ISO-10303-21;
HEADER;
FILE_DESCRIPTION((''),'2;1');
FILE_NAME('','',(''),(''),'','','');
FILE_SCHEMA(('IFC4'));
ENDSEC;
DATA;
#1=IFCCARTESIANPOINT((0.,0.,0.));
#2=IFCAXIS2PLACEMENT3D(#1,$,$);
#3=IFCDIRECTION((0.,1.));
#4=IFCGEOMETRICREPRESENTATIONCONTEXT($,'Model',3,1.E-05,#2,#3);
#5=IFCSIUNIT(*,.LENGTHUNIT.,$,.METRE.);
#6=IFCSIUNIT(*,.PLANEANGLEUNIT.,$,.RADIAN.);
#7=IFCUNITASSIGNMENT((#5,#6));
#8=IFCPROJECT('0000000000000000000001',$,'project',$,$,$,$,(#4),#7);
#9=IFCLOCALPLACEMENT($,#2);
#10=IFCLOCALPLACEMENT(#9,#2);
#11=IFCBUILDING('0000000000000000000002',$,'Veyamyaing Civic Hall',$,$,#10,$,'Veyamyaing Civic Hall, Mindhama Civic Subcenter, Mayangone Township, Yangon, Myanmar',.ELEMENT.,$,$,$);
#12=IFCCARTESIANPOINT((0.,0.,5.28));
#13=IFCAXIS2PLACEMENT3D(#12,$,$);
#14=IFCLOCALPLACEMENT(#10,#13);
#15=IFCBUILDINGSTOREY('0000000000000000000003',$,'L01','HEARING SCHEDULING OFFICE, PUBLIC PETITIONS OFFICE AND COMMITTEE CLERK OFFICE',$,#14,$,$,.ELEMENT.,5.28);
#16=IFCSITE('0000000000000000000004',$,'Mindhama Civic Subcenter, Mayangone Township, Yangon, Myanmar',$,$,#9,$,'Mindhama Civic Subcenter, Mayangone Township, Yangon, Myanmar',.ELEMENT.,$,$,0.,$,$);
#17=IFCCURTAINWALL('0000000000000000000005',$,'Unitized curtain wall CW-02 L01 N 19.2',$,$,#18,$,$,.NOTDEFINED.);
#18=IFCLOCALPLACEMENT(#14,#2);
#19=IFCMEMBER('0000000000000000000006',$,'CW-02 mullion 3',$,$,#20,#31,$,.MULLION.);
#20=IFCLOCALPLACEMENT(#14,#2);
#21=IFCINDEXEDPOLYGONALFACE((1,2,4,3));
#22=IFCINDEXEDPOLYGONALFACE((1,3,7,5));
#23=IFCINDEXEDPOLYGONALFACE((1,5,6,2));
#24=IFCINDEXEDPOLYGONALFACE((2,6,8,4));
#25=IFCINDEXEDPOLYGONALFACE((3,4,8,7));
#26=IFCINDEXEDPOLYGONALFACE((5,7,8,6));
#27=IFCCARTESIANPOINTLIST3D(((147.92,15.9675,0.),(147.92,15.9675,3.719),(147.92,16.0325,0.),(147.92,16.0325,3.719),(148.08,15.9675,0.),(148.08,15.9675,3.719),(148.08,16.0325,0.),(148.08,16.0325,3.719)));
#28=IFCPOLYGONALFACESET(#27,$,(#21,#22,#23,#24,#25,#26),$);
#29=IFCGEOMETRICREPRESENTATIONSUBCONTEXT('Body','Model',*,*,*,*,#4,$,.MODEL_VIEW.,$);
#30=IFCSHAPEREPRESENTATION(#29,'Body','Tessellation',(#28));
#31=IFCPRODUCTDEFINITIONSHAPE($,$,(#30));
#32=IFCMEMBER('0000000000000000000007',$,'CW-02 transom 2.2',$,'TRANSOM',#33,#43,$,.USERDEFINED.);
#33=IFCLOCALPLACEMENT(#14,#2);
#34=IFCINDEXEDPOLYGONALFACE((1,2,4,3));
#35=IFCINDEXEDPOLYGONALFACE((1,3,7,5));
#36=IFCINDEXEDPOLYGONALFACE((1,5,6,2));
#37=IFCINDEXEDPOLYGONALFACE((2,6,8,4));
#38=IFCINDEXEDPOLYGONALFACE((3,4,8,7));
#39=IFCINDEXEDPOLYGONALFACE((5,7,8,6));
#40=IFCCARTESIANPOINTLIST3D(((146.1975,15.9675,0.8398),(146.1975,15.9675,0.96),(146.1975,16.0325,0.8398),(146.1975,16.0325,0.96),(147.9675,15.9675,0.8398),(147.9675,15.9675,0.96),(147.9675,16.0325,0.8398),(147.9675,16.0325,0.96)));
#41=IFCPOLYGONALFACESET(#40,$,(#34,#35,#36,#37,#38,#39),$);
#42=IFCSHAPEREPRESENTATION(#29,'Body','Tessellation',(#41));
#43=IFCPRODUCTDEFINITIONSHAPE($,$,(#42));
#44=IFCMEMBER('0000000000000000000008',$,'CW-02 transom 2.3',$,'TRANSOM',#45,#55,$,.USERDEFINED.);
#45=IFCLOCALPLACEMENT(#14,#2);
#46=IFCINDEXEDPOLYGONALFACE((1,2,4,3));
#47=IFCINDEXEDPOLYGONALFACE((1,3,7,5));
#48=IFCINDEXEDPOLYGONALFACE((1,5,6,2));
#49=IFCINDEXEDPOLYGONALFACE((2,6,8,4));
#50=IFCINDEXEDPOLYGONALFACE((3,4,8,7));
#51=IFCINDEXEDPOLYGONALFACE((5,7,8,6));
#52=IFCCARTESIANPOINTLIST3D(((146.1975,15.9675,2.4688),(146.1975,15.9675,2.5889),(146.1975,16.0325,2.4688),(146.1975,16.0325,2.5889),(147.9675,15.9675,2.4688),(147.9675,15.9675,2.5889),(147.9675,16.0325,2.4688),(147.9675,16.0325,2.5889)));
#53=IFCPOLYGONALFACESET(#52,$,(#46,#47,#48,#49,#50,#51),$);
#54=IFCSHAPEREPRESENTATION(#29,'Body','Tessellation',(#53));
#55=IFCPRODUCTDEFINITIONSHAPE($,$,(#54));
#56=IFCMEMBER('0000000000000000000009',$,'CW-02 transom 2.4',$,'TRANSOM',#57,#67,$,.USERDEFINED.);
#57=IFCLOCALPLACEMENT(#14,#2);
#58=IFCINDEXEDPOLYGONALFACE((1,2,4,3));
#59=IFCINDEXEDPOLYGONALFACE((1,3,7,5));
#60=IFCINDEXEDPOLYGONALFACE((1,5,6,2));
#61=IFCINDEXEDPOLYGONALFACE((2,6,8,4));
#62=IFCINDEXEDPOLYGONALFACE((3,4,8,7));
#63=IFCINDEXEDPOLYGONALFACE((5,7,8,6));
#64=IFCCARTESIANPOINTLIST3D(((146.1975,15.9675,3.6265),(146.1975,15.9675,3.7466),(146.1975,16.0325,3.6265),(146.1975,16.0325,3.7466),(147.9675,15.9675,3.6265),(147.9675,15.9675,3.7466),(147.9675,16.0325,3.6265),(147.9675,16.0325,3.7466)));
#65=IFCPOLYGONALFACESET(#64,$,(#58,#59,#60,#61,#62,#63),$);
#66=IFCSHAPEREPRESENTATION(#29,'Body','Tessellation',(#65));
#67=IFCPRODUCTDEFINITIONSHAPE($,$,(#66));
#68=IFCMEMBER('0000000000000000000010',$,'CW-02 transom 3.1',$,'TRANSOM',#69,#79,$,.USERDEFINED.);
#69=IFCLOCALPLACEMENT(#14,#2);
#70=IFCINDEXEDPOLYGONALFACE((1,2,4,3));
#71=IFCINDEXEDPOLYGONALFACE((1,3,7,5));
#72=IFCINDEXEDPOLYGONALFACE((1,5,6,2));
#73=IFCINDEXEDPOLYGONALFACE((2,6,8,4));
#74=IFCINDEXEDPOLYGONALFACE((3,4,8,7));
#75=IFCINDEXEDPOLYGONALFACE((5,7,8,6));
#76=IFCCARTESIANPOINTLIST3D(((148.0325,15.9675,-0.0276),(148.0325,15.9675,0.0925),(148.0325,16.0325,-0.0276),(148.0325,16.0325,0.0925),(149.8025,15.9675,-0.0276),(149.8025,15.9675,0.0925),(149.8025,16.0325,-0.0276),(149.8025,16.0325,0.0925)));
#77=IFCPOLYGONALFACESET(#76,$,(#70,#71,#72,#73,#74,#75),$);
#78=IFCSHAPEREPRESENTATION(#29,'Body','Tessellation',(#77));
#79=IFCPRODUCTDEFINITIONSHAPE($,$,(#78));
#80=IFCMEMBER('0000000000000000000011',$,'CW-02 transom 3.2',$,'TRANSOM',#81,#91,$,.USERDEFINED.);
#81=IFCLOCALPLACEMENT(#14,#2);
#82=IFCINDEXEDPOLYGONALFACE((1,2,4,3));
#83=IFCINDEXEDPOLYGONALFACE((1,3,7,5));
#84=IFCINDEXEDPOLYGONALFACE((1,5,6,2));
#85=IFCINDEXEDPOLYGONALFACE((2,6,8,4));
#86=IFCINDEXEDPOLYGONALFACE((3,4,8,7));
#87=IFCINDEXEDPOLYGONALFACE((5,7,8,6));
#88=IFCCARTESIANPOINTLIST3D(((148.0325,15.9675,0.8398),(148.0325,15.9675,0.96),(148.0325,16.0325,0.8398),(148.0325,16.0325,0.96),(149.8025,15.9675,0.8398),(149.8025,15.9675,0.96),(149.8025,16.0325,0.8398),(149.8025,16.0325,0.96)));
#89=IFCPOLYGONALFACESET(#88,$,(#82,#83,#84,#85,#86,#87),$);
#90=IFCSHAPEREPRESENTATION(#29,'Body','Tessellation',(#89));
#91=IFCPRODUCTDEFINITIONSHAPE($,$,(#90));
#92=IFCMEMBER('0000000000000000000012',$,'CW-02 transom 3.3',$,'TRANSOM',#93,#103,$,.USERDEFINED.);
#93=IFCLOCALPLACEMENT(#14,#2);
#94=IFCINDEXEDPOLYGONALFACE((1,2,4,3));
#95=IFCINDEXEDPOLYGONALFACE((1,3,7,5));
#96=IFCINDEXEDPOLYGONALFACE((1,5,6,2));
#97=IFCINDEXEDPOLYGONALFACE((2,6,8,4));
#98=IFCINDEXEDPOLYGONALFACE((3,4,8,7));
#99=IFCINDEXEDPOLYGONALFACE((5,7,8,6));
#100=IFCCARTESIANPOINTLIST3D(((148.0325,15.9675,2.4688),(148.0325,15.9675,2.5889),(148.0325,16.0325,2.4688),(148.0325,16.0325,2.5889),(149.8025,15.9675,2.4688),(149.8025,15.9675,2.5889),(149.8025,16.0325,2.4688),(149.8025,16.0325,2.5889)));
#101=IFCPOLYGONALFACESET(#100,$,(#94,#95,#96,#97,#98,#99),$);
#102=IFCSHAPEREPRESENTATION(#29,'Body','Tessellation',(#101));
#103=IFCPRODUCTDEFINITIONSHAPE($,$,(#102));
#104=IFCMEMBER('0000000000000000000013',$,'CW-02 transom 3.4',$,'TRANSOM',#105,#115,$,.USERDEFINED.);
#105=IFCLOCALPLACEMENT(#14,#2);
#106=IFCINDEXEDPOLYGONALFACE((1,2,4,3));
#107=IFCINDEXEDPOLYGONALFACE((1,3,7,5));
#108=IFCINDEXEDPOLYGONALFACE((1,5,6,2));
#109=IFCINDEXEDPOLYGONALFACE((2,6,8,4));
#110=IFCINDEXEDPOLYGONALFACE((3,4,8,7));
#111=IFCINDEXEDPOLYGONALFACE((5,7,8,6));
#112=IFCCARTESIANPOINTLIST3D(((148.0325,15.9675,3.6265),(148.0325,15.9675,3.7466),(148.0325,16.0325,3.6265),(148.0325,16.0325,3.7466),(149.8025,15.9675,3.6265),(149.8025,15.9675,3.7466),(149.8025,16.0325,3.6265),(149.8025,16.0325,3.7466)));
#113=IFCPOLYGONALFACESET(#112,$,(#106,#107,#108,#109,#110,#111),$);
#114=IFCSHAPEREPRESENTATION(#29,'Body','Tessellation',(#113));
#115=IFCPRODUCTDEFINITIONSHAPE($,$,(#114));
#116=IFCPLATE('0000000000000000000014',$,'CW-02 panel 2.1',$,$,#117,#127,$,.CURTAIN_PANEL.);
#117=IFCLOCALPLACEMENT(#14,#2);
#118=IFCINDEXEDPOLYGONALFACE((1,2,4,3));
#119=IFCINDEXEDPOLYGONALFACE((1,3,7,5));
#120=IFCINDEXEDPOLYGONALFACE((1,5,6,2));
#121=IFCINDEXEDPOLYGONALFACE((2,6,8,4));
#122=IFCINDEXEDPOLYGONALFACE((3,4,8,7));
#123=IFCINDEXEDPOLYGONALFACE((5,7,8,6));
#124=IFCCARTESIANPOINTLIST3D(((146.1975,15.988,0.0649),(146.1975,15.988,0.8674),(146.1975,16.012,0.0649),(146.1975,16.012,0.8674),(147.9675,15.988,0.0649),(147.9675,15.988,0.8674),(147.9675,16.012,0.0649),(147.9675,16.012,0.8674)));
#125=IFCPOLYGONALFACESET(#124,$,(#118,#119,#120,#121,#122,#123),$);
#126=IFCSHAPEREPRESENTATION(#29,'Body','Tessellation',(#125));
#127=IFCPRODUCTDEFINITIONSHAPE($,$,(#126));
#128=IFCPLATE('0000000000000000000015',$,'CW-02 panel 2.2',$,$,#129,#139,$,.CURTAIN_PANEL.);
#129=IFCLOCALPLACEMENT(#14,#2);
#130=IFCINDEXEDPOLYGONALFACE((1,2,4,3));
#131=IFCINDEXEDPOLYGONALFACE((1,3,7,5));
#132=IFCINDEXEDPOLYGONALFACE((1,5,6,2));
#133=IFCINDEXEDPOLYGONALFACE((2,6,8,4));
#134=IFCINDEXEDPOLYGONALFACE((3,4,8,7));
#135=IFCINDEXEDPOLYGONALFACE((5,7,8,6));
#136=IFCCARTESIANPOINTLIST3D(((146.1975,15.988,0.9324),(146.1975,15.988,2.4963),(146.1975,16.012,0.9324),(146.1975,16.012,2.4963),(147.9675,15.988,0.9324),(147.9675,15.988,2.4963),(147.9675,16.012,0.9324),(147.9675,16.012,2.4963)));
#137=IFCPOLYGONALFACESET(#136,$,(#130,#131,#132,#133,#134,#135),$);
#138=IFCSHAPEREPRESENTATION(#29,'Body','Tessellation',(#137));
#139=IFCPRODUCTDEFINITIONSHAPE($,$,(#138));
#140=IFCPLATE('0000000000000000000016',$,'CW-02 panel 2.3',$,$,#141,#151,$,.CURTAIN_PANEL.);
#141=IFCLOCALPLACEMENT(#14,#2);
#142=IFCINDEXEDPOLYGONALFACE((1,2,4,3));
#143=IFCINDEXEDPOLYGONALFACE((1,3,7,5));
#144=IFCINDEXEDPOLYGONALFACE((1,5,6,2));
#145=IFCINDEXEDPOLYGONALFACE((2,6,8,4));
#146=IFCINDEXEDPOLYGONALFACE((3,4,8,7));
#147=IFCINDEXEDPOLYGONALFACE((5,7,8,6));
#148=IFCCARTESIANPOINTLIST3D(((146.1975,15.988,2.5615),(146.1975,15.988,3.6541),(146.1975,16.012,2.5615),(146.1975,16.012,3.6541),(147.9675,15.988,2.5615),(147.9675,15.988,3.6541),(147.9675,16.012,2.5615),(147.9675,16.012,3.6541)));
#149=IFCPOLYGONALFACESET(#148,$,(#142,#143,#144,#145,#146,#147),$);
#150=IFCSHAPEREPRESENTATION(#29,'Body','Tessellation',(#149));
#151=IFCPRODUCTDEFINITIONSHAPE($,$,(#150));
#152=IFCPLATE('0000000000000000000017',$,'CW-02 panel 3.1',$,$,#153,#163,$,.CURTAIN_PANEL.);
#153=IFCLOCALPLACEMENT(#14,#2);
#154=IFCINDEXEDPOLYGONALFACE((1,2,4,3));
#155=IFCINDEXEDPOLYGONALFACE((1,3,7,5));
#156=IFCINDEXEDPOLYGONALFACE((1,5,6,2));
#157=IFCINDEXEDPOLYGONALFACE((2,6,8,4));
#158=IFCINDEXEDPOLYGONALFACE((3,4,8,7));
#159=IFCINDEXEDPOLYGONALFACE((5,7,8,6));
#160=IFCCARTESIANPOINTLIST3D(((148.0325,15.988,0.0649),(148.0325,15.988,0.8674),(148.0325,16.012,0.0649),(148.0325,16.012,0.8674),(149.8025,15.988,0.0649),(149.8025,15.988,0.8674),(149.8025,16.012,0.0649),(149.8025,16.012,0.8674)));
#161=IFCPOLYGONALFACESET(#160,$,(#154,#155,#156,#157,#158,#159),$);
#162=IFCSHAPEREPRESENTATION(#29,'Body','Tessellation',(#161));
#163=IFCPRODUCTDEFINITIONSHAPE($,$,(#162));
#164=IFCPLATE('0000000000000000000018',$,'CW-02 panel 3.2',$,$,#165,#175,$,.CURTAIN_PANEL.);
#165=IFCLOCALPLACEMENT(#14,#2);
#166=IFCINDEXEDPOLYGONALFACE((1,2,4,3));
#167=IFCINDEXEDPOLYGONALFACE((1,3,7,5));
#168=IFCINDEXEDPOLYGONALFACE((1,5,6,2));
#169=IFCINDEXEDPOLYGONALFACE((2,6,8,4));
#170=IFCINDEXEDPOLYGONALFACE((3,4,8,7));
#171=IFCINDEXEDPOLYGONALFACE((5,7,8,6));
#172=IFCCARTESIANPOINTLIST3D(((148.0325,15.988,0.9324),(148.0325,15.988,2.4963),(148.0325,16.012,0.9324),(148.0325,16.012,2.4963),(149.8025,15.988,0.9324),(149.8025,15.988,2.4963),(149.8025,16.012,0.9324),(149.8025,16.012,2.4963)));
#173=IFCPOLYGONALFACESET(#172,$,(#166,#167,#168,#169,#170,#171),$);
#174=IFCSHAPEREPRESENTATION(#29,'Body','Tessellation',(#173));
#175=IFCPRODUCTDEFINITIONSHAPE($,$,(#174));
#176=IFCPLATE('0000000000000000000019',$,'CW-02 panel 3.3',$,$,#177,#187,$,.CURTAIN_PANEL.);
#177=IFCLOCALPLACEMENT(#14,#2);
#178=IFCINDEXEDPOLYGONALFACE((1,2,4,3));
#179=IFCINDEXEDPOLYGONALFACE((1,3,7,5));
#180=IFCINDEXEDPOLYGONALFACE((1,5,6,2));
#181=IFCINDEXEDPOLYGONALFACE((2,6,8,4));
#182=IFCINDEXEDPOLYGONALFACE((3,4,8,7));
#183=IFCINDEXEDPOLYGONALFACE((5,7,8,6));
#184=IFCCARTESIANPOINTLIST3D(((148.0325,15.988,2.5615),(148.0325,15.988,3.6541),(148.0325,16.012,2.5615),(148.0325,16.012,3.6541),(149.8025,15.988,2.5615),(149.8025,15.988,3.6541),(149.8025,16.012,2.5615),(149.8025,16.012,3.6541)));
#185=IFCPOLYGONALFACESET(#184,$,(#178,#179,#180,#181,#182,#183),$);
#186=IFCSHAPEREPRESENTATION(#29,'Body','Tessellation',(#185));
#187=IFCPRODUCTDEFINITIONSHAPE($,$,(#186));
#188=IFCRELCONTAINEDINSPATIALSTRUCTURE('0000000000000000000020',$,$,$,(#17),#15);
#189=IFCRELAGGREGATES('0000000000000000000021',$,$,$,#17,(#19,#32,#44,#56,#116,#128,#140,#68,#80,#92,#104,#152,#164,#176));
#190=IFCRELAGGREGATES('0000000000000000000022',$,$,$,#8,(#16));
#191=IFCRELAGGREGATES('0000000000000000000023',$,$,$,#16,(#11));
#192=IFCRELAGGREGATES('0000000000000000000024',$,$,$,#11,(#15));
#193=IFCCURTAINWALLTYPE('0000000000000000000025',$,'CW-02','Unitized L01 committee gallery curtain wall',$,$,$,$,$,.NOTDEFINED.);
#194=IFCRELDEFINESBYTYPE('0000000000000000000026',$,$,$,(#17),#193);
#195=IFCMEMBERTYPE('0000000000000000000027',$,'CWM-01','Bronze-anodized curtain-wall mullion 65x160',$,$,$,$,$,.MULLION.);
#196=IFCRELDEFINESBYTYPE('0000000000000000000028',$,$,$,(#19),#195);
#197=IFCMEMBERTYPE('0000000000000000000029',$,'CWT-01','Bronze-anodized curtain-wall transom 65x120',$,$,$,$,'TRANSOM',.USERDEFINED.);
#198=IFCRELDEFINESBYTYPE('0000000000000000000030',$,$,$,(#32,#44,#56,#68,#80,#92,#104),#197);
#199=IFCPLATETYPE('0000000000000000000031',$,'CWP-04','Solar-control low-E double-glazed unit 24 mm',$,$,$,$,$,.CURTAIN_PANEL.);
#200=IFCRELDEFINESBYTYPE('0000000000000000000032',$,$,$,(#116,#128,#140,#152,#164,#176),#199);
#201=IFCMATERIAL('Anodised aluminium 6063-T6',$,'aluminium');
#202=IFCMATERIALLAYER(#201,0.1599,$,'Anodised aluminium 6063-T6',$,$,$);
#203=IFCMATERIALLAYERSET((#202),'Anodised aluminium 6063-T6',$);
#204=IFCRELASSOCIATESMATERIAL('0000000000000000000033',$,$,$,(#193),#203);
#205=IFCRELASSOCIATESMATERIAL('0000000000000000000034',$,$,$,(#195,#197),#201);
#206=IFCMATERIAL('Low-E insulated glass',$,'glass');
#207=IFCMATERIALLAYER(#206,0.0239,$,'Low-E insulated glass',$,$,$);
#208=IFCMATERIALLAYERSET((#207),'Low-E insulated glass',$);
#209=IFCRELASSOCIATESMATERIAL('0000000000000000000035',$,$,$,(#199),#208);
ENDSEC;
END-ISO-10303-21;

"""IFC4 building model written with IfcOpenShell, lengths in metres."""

from ifc_helpers import new_model, si_unit, direction, frame, origin, origin_2d, place, context, subcontext, project, spatial, rectangle, extrude, material, layer, layer_set, material_profile, profile_set, type_object, element, aggregate, save


model = new_model("IFC4")

# Units and contexts
model_context = context("Model", 3, precision=1e-05, world=origin(), true_north=direction((0.0, 1.0)))
body_context = subcontext(model_context, "Body", "Model", "MODEL_VIEW")
ifc_project = project(units=[si_unit("LENGTHUNIT", "METRE"), si_unit("PLANEANGLEUNIT", "RADIAN")], contexts=[model_context])

# Site, building, storey
site_placement = place(None, origin())
site = spatial("IfcSite", under=ifc_project, at=site_placement, Name="Mindhama Civic Subcenter, Mayangone Township, Yangon, Myanmar", LongName="Mindhama Civic Subcenter, Mayangone Township, Yangon, Myanmar", CompositionType="ELEMENT", RefElevation=0.0)
building_placement = place(site_placement, origin())
building = spatial("IfcBuilding", under=site, at=building_placement, Name="Veyamyaing Civic Hall", LongName="Veyamyaing Civic Hall, Mindhama Civic Subcenter, Mayangone Township, Yangon, Myanmar", CompositionType="ELEMENT")
storey_placement = place(building_placement, frame((0.0, 0.0, 5.28)))
storey = spatial("IfcBuildingStorey", under=building, at=storey_placement, Name="L01", Description="HEARING SCHEDULING OFFICE, PUBLIC PETITIONS OFFICE AND COMMITTEE CLERK OFFICE", CompositionType="ELEMENT", Elevation=5.28)

# Curtain wall, members, plates
ifc_material_1 = material(Name="Anodised aluminium 6063-T6", Category="aluminium")
ifc_layer_1 = layer(ifc_material_1, 0.1599, Name="Anodised aluminium 6063-T6")
ifc_layer_set_1 = layer_set([ifc_layer_1], Name="Anodised aluminium 6063-T6")
curtain_wall_type = type_object("IfcCurtainWallType", Name="CW-02", Description="Unitized L01 committee gallery curtain wall", PredefinedType="NOTDEFINED", material=ifc_layer_set_1)
curtain_wall_placement = place(storey_placement, origin())
curtain_wall = element("IfcCurtainWall", 1, at=curtain_wall_placement, inside=storey, type_object=curtain_wall_type, Name="Unitized curtain wall CW-02 L01 N 19.2", PredefinedType="NOTDEFINED")
ifc_material_profile_1 = material_profile(ifc_material_1, rectangle(XDim=0.0649, YDim=0.1599, at=origin_2d()), Name="ALU-MUL-65X160")
ifc_profile_set_1 = profile_set([ifc_material_profile_1], Name="Anodised aluminium 6063-T6")
member_type_1 = type_object("IfcMemberType", Name="CWM-01", Description="Bronze-anodized curtain-wall mullion 65x160", PredefinedType="MULLION", material=ifc_profile_set_1)
member_1_placement = place(storey_placement, frame((148.0, 16.0, 0.0), z_axis=(0.0, 0.0, 1.0), x_axis=(0.0, 1.0, 0.0)))
member_1 = element("IfcMember", 2, at=member_1_placement, type_object=member_type_1, Name="CW-02 mullion 3", PredefinedType="MULLION", context=body_context, shape_type="SweptSolid", body=[
    extrude(rectangle(XDim=0.0649, YDim=0.1599, at=origin_2d()), origin(), (0.0, 0.0, 1.0), 3.719),
])
ifc_material_profile_2 = material_profile(ifc_material_1, rectangle(XDim=0.0649, YDim=0.1201, at=origin_2d()), Name="ALU-TRN-65X120")
ifc_profile_set_2 = profile_set([ifc_material_profile_2], Name="Anodised aluminium 6063-T6")
member_type_2 = type_object("IfcMemberType", Name="CWT-01", Description="Bronze-anodized curtain-wall transom 65x120", ElementType="TRANSOM", PredefinedType="USERDEFINED", material=ifc_profile_set_2)
member_2_placement = place(storey_placement, frame((146.1975, 16.0, 0.8999), z_axis=(1.0, 0.0, 0.0), x_axis=(0.0, 1.0, 0.0)))
member_2 = element("IfcMember", 3, at=member_2_placement, type_object=member_type_2, Name="CW-02 transom 2.2", ObjectType="TRANSOM", PredefinedType="USERDEFINED", context=body_context, shape_type="SweptSolid", body=[
    extrude(rectangle(XDim=0.0649, YDim=0.1201, at=origin_2d()), origin(), (0.0, 0.0, 1.0), 1.77),
])
member_3_placement = place(storey_placement, frame((146.1975, 16.0, 2.5288), z_axis=(1.0, 0.0, 0.0), x_axis=(0.0, 1.0, 0.0)))
member_3 = element("IfcMember", 4, at=member_3_placement, type_object=member_type_2, Name="CW-02 transom 2.3", ObjectType="TRANSOM", PredefinedType="USERDEFINED", context=body_context, shape_type="SweptSolid", body=[
    extrude(rectangle(XDim=0.0649, YDim=0.1201, at=origin_2d()), origin(), (0.0, 0.0, 1.0), 1.77),
])
member_4_placement = place(storey_placement, frame((146.1975, 16.0, 3.6865), z_axis=(1.0, 0.0, 0.0), x_axis=(0.0, 1.0, 0.0)))
member_4 = element("IfcMember", 5, at=member_4_placement, type_object=member_type_2, Name="CW-02 transom 2.4", ObjectType="TRANSOM", PredefinedType="USERDEFINED", context=body_context, shape_type="SweptSolid", body=[
    extrude(rectangle(XDim=0.0649, YDim=0.1201, at=origin_2d()), origin(), (0.0, 0.0, 1.0), 1.77),
])
member_5_placement = place(storey_placement, frame((148.0325, 16.0, 0.0325), z_axis=(1.0, 0.0, 0.0), x_axis=(0.0, 1.0, 0.0)))
member_5 = element("IfcMember", 6, at=member_5_placement, type_object=member_type_2, Name="CW-02 transom 3.1", ObjectType="TRANSOM", PredefinedType="USERDEFINED", context=body_context, shape_type="SweptSolid", body=[
    extrude(rectangle(XDim=0.0649, YDim=0.1201, at=origin_2d()), origin(), (0.0, 0.0, 1.0), 1.77),
])
member_6_placement = place(storey_placement, frame((148.0325, 16.0, 0.8999), z_axis=(1.0, 0.0, 0.0), x_axis=(0.0, 1.0, 0.0)))
member_6 = element("IfcMember", 7, at=member_6_placement, type_object=member_type_2, Name="CW-02 transom 3.2", ObjectType="TRANSOM", PredefinedType="USERDEFINED", context=body_context, shape_type="SweptSolid", body=[
    extrude(rectangle(XDim=0.0649, YDim=0.1201, at=origin_2d()), origin(), (0.0, 0.0, 1.0), 1.77),
])
member_7_placement = place(storey_placement, frame((148.0325, 16.0, 2.5288), z_axis=(1.0, 0.0, 0.0), x_axis=(0.0, 1.0, 0.0)))
member_7 = element("IfcMember", 8, at=member_7_placement, type_object=member_type_2, Name="CW-02 transom 3.3", ObjectType="TRANSOM", PredefinedType="USERDEFINED", context=body_context, shape_type="SweptSolid", body=[
    extrude(rectangle(XDim=0.0649, YDim=0.1201, at=origin_2d()), origin(), (0.0, 0.0, 1.0), 1.77),
])
member_8_placement = place(storey_placement, frame((148.0325, 16.0, 3.6865), z_axis=(1.0, 0.0, 0.0), x_axis=(0.0, 1.0, 0.0)))
member_8 = element("IfcMember", 9, at=member_8_placement, type_object=member_type_2, Name="CW-02 transom 3.4", ObjectType="TRANSOM", PredefinedType="USERDEFINED", context=body_context, shape_type="SweptSolid", body=[
    extrude(rectangle(XDim=0.0649, YDim=0.1201, at=origin_2d()), origin(), (0.0, 0.0, 1.0), 1.77),
])
ifc_material_2 = material(Name="Low-E insulated glass", Category="glass")
ifc_layer_2 = layer(ifc_material_2, 0.0239, Name="Low-E insulated glass")
ifc_layer_set_2 = layer_set([ifc_layer_2], Name="Low-E insulated glass")
plate_type = type_object("IfcPlateType", Name="CWP-04", Description="Solar-control low-E double-glazed unit 24 mm", PredefinedType="CURTAIN_PANEL", material=ifc_layer_set_2)
plate_1_placement = place(storey_placement, frame((147.0825, 16.0, 0.0649), z_axis=(0.0, 0.0, 1.0), x_axis=(1.0, 0.0, 0.0)))
plate_1 = element("IfcPlate", 10, at=plate_1_placement, type_object=plate_type, Name="CW-02 panel 2.1", PredefinedType="CURTAIN_PANEL", context=body_context, shape_type="SweptSolid", body=[
    extrude(rectangle(XDim=1.77, YDim=0.0239, at=origin_2d()), origin(), (0.0, 0.0, 1.0), 0.8025),
])
plate_2_placement = place(storey_placement, frame((147.0825, 16.0, 0.9324), z_axis=(0.0, 0.0, 1.0), x_axis=(1.0, 0.0, 0.0)))
plate_2 = element("IfcPlate", 11, at=plate_2_placement, type_object=plate_type, Name="CW-02 panel 2.2", PredefinedType="CURTAIN_PANEL", context=body_context, shape_type="SweptSolid", body=[
    extrude(rectangle(XDim=1.77, YDim=0.0239, at=origin_2d()), origin(), (0.0, 0.0, 1.0), 1.564),
])
plate_3_placement = place(storey_placement, frame((147.0825, 16.0, 2.5615), z_axis=(0.0, 0.0, 1.0), x_axis=(1.0, 0.0, 0.0)))
plate_3 = element("IfcPlate", 12, at=plate_3_placement, type_object=plate_type, Name="CW-02 panel 2.3", PredefinedType="CURTAIN_PANEL", context=body_context, shape_type="SweptSolid", body=[
    extrude(rectangle(XDim=1.77, YDim=0.0239, at=origin_2d()), origin(), (0.0, 0.0, 1.0), 1.0925),
])
plate_4_placement = place(storey_placement, frame((148.9175, 16.0, 0.0649), z_axis=(0.0, 0.0, 1.0), x_axis=(1.0, 0.0, 0.0)))
plate_4 = element("IfcPlate", 13, at=plate_4_placement, type_object=plate_type, Name="CW-02 panel 3.1", PredefinedType="CURTAIN_PANEL", context=body_context, shape_type="SweptSolid", body=[
    extrude(rectangle(XDim=1.77, YDim=0.0239, at=origin_2d()), origin(), (0.0, 0.0, 1.0), 0.8025),
])
plate_5_placement = place(storey_placement, frame((148.9175, 16.0, 0.9324), z_axis=(0.0, 0.0, 1.0), x_axis=(1.0, 0.0, 0.0)))
plate_5 = element("IfcPlate", 14, at=plate_5_placement, type_object=plate_type, Name="CW-02 panel 3.2", PredefinedType="CURTAIN_PANEL", context=body_context, shape_type="SweptSolid", body=[
    extrude(rectangle(XDim=1.77, YDim=0.0239, at=origin_2d()), origin(), (0.0, 0.0, 1.0), 1.564),
])
plate_6_placement = place(storey_placement, frame((148.9175, 16.0, 2.5615), z_axis=(0.0, 0.0, 1.0), x_axis=(1.0, 0.0, 0.0)))
plate_6 = element("IfcPlate", 15, at=plate_6_placement, type_object=plate_type, Name="CW-02 panel 3.3", PredefinedType="CURTAIN_PANEL", context=body_context, shape_type="SweptSolid", body=[
    extrude(rectangle(XDim=1.77, YDim=0.0239, at=origin_2d()), origin(), (0.0, 0.0, 1.0), 1.0925),
])
aggregate(curtain_wall, [member_1, member_2, member_3, member_4, plate_1, plate_2, plate_3, member_5, member_6, member_7, member_8, plate_4, plate_5, plate_6])

save(model, "model.ifc")
